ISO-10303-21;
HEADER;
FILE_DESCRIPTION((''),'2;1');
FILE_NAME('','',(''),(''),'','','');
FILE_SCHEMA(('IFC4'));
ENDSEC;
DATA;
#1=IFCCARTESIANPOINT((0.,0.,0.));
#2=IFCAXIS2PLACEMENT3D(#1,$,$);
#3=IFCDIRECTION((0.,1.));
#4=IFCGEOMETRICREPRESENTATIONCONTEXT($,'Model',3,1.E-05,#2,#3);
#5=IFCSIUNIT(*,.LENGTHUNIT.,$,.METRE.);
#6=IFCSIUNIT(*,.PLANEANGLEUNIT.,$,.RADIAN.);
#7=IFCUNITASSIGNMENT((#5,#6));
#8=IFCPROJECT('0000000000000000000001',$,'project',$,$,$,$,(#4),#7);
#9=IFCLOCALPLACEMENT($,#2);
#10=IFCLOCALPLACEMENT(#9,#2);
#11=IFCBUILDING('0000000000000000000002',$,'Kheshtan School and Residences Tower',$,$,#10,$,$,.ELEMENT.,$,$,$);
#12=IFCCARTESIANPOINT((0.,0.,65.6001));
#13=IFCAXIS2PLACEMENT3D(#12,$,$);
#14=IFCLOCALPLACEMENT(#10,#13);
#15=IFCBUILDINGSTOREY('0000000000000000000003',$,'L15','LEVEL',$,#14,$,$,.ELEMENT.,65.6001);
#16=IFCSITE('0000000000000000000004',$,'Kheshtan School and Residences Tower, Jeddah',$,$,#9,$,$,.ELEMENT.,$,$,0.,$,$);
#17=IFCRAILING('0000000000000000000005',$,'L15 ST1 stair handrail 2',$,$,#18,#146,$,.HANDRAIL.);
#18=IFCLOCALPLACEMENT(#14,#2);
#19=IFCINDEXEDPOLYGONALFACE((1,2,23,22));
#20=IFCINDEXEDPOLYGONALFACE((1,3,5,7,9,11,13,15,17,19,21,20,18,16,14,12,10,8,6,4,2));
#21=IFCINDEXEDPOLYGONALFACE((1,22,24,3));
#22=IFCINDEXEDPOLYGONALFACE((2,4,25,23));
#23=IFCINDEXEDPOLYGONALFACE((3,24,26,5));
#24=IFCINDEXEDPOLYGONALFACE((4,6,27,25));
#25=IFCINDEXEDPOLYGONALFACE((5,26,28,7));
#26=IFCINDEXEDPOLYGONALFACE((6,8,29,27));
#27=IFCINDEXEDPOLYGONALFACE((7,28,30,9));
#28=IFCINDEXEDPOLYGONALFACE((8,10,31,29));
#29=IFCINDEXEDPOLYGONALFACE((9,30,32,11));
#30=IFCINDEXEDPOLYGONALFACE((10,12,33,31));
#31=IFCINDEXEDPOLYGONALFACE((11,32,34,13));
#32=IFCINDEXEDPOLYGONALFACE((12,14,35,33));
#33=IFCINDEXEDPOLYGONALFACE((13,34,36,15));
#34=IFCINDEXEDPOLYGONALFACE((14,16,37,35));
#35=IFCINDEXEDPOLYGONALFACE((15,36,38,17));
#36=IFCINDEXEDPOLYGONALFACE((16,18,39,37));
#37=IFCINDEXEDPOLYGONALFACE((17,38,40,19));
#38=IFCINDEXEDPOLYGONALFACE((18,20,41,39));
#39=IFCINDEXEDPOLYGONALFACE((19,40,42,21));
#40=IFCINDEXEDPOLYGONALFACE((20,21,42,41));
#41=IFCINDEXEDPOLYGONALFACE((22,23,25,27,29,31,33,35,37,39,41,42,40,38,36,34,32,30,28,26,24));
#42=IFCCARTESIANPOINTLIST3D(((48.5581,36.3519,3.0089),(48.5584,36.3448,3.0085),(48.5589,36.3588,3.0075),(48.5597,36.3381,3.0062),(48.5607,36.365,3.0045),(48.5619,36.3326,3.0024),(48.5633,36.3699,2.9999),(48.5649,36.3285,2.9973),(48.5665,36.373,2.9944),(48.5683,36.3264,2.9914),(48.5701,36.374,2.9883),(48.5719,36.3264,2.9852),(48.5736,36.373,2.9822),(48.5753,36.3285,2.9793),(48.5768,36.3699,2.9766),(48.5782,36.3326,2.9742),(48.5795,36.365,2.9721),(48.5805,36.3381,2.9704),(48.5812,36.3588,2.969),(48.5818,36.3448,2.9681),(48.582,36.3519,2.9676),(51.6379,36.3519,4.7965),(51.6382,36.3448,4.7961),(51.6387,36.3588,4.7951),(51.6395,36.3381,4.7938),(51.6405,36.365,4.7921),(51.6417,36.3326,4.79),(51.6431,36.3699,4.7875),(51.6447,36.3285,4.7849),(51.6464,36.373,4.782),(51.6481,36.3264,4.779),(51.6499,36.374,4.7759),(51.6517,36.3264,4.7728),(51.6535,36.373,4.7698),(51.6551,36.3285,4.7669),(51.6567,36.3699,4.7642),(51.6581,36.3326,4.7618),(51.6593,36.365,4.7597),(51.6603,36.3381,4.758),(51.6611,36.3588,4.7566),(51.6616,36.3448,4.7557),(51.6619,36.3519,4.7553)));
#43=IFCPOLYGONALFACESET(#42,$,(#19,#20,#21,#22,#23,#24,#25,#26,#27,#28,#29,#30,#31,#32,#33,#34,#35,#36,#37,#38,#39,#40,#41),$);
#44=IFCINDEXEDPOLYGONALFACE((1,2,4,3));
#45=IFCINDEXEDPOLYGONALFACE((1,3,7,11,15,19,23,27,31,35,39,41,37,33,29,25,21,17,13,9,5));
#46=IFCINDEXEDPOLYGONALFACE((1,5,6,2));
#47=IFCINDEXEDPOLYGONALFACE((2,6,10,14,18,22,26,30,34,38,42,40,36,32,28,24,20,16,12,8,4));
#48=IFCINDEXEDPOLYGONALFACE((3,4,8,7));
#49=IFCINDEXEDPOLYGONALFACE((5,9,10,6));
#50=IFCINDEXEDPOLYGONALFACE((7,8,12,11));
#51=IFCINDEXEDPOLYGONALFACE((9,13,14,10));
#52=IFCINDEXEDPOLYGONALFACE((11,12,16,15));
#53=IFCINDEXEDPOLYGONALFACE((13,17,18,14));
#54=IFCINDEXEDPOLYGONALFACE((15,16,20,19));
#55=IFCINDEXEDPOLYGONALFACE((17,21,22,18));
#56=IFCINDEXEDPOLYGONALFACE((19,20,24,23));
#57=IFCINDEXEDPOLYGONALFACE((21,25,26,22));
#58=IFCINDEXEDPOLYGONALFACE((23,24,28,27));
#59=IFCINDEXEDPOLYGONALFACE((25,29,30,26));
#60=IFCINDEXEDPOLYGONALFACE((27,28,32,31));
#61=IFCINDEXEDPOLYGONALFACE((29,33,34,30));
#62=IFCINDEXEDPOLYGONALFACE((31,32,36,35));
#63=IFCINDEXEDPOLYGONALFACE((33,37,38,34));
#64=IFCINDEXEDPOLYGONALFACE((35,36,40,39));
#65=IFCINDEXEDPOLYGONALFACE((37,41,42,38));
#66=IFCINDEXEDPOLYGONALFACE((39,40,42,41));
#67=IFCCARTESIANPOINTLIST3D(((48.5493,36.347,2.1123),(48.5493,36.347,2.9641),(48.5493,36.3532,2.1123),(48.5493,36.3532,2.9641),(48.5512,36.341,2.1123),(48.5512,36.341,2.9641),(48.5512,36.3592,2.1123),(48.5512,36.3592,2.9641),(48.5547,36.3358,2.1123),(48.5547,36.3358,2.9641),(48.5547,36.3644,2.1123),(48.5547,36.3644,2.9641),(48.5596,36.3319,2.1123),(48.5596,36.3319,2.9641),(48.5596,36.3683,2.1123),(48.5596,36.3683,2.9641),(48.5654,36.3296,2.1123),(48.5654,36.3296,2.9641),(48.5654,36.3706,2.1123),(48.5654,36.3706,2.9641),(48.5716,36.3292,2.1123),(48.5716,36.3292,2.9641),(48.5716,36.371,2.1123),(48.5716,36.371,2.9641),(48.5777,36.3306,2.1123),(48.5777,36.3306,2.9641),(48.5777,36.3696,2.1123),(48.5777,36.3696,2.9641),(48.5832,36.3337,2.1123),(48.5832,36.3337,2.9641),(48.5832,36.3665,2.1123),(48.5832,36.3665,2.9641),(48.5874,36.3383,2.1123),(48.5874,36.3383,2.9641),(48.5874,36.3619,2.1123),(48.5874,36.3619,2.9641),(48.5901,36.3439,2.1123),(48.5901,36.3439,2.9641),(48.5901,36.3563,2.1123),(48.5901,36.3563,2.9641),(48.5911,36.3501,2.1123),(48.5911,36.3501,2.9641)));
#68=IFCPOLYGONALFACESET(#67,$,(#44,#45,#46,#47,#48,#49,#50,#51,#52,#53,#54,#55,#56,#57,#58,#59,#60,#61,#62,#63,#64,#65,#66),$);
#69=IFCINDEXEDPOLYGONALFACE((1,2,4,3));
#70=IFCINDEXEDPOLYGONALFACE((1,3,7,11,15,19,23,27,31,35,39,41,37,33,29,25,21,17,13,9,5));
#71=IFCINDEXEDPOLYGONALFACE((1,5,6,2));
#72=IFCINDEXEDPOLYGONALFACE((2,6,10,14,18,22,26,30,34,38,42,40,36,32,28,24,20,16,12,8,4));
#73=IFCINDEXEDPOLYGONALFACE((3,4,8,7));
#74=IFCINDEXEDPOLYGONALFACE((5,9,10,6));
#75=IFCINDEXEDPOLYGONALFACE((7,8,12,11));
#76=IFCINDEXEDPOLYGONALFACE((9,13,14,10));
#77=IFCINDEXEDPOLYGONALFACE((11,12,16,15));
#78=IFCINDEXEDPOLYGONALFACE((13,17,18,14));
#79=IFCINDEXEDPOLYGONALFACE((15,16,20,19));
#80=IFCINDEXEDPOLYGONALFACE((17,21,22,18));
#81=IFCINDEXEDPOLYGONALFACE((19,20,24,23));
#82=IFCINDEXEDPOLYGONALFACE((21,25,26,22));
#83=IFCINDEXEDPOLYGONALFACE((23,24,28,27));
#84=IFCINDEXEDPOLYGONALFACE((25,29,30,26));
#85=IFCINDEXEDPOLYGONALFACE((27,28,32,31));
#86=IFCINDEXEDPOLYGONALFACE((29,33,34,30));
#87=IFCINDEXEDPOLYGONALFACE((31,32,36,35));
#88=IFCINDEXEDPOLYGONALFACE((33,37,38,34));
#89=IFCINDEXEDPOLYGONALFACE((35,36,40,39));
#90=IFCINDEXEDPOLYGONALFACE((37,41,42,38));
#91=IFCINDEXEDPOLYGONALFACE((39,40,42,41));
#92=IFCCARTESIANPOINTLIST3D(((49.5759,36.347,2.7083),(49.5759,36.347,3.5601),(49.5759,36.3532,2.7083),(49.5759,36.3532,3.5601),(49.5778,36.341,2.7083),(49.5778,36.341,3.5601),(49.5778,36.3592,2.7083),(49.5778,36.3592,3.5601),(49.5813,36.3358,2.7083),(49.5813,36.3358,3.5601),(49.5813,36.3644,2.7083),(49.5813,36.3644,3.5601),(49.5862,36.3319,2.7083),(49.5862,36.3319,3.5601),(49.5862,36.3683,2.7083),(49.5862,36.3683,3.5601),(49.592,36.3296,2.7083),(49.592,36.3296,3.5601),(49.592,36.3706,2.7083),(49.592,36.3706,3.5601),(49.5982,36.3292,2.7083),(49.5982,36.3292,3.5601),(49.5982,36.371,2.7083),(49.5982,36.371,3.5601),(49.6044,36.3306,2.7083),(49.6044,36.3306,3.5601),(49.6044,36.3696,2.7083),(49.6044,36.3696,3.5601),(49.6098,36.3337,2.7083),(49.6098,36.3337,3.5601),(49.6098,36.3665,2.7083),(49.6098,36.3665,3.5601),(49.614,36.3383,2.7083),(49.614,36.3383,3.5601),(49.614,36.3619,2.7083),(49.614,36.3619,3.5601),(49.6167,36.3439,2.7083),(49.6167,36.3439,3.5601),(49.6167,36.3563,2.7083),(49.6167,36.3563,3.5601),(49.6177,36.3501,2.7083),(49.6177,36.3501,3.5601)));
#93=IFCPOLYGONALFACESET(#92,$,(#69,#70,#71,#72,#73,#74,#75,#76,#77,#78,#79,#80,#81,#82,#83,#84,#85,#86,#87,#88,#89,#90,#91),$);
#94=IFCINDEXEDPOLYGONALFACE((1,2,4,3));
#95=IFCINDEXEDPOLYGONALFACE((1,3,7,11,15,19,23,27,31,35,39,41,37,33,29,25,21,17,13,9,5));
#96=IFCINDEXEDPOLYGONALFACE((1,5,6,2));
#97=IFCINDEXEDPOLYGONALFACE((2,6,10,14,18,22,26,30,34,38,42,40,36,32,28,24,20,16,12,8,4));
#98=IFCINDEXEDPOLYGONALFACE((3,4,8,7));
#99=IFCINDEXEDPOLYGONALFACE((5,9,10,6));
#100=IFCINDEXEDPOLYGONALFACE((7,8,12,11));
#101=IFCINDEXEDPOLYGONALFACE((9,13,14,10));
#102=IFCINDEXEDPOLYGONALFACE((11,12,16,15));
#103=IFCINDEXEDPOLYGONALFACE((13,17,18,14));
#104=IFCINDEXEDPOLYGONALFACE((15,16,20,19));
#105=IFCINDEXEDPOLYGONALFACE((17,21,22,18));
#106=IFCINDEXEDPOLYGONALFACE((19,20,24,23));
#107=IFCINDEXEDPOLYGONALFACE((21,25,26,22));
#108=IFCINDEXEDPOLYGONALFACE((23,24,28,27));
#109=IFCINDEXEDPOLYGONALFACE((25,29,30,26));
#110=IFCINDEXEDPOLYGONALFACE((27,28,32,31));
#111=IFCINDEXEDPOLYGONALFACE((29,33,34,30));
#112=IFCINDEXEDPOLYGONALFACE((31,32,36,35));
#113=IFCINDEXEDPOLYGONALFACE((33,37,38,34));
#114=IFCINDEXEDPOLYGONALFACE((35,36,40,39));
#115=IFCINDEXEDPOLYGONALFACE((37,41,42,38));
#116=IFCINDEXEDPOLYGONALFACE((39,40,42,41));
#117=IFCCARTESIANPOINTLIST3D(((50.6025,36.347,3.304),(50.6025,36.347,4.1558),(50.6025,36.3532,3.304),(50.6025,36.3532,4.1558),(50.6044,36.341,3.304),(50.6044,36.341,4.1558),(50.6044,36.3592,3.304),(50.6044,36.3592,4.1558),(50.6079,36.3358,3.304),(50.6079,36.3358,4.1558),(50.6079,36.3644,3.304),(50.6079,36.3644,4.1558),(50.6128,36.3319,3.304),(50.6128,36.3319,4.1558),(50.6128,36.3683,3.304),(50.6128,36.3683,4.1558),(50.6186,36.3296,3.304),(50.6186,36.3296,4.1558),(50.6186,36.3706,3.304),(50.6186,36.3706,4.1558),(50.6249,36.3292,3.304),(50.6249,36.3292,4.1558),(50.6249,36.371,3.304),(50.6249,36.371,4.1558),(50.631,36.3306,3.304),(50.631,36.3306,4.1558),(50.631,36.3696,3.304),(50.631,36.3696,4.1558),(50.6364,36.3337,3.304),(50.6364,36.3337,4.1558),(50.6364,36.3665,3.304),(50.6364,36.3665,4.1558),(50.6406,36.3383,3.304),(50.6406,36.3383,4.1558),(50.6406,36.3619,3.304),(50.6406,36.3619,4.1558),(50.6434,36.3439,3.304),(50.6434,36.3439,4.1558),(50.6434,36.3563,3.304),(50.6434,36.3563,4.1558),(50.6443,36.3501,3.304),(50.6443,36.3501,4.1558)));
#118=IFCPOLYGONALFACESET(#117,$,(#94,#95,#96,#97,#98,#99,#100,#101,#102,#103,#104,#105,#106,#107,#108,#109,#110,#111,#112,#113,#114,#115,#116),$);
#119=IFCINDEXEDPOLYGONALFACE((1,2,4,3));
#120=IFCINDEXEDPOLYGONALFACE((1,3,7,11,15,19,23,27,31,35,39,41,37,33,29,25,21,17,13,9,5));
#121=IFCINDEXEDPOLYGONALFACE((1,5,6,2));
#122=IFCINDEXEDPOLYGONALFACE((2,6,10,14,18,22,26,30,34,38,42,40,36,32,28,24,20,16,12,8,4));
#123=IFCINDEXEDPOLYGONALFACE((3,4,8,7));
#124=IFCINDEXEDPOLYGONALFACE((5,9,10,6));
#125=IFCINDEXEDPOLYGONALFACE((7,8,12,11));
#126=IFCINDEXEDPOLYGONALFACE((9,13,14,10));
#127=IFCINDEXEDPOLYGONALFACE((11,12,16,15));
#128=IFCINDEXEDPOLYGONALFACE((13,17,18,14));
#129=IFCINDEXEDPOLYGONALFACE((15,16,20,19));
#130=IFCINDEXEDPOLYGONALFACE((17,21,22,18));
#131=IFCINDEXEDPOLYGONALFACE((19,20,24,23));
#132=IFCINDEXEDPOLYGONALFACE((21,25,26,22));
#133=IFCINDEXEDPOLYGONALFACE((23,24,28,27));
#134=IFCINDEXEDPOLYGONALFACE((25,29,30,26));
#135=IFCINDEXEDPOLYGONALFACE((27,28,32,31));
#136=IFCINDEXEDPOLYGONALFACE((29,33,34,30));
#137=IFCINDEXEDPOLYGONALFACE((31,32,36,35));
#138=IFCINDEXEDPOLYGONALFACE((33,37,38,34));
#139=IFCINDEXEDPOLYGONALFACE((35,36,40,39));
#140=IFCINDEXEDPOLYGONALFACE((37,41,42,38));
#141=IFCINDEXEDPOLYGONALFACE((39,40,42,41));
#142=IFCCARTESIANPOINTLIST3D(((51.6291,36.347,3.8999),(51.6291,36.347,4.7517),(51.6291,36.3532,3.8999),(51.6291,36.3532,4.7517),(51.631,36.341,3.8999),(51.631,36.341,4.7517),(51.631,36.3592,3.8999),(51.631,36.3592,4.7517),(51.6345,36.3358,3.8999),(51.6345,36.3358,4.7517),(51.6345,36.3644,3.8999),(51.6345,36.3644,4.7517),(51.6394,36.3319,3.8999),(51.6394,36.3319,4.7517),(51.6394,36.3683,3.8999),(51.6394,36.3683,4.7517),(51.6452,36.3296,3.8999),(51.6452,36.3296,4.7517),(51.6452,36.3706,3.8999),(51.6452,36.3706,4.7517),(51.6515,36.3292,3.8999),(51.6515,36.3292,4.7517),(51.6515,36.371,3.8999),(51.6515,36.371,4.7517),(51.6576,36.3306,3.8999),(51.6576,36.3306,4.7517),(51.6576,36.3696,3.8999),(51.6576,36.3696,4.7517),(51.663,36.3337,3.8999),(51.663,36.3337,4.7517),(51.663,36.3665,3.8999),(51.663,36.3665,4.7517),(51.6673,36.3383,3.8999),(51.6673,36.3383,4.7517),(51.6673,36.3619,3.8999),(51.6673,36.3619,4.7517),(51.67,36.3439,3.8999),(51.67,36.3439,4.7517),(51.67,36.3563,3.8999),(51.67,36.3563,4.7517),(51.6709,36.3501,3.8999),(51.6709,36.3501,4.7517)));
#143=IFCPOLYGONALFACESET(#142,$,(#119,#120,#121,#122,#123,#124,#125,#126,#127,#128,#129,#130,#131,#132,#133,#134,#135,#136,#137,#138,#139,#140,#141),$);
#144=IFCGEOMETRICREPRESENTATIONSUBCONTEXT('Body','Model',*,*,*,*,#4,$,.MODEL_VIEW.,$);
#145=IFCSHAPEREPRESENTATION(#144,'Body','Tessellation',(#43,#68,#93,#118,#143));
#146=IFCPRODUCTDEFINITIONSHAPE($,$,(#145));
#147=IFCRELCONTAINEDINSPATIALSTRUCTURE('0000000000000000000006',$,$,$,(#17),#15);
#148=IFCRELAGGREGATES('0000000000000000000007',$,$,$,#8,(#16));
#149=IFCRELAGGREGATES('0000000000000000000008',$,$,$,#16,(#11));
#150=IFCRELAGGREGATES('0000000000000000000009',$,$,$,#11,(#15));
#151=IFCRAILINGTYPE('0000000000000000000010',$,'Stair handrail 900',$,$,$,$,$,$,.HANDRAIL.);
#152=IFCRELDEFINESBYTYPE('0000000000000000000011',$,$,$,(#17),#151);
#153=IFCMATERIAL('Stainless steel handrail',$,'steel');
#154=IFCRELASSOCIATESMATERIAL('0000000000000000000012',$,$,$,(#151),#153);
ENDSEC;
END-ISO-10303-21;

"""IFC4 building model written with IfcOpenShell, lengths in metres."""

from ifc_helpers import new_model, si_unit, direction, frame, origin, origin_2d, place, context, subcontext, project, spatial, circle, extrude, material, type_object, element, save


model = new_model("IFC4")

# Units and contexts
model_context = context("Model", 3, precision=1e-05, world=origin(), true_north=direction((0.0, 1.0)))
body_context = subcontext(model_context, "Body", "Model", "MODEL_VIEW")
ifc_project = project(units=[si_unit("LENGTHUNIT", "METRE"), si_unit("PLANEANGLEUNIT", "RADIAN")], contexts=[model_context])

# Site, building, storey
site_placement = place(None, origin())
site = spatial("IfcSite", under=ifc_project, at=site_placement, Name="Kheshtan School and Residences Tower, Jeddah", CompositionType="ELEMENT", RefElevation=0.0)
building_placement = place(site_placement, origin())
building = spatial("IfcBuilding", under=site, at=building_placement, Name="Kheshtan School and Residences Tower", CompositionType="ELEMENT")
storey_placement = place(building_placement, frame((0.0, 0.0, 65.6001)))
storey = spatial("IfcBuildingStorey", under=building, at=storey_placement, Name="L15", Description="LEVEL", CompositionType="ELEMENT", Elevation=65.6001)

# Railing
ifc_material_1 = material(Name="Stainless steel handrail", Category="steel")
railing_type_1 = type_object("IfcRailingType", Name="Stair handrail 900", PredefinedType="HANDRAIL", material=ifc_material_1)
railing_1_placement = place(storey_placement, frame((48.5701, 36.3501, 2.1123)))
element("IfcRailing", 1, at=railing_1_placement, inside=storey, type_object=railing_type_1, Name="L15 ST1 stair handrail 2", PredefinedType="HANDRAIL", context=body_context, shape_type="SweptSolid", body=[
    extrude(circle(Radius=0.0239, at=origin_2d()), frame((0.0, 0.0, 0.876), z_axis=(0.864873, 0.0, 0.50199), x_axis=(0.0, 1.0, 0.0)), (0.0, 0.0, 1.0), 3.561),
    extrude(circle(Radius=0.021, at=origin_2d()), origin(), (0.0, 0.0, 1.0), 0.8518),
    extrude(circle(Radius=0.021, at=origin_2d()), frame((1.0266, 0.0, 0.5959)), (0.0, 0.0, 1.0), 0.8518),
    extrude(circle(Radius=0.021, at=origin_2d()), frame((2.0532, 0.0, 1.1917)), (0.0, 0.0, 1.0), 0.8518),
    extrude(circle(Radius=0.021, at=origin_2d()), frame((3.0798, 0.0, 1.7876)), (0.0, 0.0, 1.0), 0.8518),
])

save(model, "model.ifc")
